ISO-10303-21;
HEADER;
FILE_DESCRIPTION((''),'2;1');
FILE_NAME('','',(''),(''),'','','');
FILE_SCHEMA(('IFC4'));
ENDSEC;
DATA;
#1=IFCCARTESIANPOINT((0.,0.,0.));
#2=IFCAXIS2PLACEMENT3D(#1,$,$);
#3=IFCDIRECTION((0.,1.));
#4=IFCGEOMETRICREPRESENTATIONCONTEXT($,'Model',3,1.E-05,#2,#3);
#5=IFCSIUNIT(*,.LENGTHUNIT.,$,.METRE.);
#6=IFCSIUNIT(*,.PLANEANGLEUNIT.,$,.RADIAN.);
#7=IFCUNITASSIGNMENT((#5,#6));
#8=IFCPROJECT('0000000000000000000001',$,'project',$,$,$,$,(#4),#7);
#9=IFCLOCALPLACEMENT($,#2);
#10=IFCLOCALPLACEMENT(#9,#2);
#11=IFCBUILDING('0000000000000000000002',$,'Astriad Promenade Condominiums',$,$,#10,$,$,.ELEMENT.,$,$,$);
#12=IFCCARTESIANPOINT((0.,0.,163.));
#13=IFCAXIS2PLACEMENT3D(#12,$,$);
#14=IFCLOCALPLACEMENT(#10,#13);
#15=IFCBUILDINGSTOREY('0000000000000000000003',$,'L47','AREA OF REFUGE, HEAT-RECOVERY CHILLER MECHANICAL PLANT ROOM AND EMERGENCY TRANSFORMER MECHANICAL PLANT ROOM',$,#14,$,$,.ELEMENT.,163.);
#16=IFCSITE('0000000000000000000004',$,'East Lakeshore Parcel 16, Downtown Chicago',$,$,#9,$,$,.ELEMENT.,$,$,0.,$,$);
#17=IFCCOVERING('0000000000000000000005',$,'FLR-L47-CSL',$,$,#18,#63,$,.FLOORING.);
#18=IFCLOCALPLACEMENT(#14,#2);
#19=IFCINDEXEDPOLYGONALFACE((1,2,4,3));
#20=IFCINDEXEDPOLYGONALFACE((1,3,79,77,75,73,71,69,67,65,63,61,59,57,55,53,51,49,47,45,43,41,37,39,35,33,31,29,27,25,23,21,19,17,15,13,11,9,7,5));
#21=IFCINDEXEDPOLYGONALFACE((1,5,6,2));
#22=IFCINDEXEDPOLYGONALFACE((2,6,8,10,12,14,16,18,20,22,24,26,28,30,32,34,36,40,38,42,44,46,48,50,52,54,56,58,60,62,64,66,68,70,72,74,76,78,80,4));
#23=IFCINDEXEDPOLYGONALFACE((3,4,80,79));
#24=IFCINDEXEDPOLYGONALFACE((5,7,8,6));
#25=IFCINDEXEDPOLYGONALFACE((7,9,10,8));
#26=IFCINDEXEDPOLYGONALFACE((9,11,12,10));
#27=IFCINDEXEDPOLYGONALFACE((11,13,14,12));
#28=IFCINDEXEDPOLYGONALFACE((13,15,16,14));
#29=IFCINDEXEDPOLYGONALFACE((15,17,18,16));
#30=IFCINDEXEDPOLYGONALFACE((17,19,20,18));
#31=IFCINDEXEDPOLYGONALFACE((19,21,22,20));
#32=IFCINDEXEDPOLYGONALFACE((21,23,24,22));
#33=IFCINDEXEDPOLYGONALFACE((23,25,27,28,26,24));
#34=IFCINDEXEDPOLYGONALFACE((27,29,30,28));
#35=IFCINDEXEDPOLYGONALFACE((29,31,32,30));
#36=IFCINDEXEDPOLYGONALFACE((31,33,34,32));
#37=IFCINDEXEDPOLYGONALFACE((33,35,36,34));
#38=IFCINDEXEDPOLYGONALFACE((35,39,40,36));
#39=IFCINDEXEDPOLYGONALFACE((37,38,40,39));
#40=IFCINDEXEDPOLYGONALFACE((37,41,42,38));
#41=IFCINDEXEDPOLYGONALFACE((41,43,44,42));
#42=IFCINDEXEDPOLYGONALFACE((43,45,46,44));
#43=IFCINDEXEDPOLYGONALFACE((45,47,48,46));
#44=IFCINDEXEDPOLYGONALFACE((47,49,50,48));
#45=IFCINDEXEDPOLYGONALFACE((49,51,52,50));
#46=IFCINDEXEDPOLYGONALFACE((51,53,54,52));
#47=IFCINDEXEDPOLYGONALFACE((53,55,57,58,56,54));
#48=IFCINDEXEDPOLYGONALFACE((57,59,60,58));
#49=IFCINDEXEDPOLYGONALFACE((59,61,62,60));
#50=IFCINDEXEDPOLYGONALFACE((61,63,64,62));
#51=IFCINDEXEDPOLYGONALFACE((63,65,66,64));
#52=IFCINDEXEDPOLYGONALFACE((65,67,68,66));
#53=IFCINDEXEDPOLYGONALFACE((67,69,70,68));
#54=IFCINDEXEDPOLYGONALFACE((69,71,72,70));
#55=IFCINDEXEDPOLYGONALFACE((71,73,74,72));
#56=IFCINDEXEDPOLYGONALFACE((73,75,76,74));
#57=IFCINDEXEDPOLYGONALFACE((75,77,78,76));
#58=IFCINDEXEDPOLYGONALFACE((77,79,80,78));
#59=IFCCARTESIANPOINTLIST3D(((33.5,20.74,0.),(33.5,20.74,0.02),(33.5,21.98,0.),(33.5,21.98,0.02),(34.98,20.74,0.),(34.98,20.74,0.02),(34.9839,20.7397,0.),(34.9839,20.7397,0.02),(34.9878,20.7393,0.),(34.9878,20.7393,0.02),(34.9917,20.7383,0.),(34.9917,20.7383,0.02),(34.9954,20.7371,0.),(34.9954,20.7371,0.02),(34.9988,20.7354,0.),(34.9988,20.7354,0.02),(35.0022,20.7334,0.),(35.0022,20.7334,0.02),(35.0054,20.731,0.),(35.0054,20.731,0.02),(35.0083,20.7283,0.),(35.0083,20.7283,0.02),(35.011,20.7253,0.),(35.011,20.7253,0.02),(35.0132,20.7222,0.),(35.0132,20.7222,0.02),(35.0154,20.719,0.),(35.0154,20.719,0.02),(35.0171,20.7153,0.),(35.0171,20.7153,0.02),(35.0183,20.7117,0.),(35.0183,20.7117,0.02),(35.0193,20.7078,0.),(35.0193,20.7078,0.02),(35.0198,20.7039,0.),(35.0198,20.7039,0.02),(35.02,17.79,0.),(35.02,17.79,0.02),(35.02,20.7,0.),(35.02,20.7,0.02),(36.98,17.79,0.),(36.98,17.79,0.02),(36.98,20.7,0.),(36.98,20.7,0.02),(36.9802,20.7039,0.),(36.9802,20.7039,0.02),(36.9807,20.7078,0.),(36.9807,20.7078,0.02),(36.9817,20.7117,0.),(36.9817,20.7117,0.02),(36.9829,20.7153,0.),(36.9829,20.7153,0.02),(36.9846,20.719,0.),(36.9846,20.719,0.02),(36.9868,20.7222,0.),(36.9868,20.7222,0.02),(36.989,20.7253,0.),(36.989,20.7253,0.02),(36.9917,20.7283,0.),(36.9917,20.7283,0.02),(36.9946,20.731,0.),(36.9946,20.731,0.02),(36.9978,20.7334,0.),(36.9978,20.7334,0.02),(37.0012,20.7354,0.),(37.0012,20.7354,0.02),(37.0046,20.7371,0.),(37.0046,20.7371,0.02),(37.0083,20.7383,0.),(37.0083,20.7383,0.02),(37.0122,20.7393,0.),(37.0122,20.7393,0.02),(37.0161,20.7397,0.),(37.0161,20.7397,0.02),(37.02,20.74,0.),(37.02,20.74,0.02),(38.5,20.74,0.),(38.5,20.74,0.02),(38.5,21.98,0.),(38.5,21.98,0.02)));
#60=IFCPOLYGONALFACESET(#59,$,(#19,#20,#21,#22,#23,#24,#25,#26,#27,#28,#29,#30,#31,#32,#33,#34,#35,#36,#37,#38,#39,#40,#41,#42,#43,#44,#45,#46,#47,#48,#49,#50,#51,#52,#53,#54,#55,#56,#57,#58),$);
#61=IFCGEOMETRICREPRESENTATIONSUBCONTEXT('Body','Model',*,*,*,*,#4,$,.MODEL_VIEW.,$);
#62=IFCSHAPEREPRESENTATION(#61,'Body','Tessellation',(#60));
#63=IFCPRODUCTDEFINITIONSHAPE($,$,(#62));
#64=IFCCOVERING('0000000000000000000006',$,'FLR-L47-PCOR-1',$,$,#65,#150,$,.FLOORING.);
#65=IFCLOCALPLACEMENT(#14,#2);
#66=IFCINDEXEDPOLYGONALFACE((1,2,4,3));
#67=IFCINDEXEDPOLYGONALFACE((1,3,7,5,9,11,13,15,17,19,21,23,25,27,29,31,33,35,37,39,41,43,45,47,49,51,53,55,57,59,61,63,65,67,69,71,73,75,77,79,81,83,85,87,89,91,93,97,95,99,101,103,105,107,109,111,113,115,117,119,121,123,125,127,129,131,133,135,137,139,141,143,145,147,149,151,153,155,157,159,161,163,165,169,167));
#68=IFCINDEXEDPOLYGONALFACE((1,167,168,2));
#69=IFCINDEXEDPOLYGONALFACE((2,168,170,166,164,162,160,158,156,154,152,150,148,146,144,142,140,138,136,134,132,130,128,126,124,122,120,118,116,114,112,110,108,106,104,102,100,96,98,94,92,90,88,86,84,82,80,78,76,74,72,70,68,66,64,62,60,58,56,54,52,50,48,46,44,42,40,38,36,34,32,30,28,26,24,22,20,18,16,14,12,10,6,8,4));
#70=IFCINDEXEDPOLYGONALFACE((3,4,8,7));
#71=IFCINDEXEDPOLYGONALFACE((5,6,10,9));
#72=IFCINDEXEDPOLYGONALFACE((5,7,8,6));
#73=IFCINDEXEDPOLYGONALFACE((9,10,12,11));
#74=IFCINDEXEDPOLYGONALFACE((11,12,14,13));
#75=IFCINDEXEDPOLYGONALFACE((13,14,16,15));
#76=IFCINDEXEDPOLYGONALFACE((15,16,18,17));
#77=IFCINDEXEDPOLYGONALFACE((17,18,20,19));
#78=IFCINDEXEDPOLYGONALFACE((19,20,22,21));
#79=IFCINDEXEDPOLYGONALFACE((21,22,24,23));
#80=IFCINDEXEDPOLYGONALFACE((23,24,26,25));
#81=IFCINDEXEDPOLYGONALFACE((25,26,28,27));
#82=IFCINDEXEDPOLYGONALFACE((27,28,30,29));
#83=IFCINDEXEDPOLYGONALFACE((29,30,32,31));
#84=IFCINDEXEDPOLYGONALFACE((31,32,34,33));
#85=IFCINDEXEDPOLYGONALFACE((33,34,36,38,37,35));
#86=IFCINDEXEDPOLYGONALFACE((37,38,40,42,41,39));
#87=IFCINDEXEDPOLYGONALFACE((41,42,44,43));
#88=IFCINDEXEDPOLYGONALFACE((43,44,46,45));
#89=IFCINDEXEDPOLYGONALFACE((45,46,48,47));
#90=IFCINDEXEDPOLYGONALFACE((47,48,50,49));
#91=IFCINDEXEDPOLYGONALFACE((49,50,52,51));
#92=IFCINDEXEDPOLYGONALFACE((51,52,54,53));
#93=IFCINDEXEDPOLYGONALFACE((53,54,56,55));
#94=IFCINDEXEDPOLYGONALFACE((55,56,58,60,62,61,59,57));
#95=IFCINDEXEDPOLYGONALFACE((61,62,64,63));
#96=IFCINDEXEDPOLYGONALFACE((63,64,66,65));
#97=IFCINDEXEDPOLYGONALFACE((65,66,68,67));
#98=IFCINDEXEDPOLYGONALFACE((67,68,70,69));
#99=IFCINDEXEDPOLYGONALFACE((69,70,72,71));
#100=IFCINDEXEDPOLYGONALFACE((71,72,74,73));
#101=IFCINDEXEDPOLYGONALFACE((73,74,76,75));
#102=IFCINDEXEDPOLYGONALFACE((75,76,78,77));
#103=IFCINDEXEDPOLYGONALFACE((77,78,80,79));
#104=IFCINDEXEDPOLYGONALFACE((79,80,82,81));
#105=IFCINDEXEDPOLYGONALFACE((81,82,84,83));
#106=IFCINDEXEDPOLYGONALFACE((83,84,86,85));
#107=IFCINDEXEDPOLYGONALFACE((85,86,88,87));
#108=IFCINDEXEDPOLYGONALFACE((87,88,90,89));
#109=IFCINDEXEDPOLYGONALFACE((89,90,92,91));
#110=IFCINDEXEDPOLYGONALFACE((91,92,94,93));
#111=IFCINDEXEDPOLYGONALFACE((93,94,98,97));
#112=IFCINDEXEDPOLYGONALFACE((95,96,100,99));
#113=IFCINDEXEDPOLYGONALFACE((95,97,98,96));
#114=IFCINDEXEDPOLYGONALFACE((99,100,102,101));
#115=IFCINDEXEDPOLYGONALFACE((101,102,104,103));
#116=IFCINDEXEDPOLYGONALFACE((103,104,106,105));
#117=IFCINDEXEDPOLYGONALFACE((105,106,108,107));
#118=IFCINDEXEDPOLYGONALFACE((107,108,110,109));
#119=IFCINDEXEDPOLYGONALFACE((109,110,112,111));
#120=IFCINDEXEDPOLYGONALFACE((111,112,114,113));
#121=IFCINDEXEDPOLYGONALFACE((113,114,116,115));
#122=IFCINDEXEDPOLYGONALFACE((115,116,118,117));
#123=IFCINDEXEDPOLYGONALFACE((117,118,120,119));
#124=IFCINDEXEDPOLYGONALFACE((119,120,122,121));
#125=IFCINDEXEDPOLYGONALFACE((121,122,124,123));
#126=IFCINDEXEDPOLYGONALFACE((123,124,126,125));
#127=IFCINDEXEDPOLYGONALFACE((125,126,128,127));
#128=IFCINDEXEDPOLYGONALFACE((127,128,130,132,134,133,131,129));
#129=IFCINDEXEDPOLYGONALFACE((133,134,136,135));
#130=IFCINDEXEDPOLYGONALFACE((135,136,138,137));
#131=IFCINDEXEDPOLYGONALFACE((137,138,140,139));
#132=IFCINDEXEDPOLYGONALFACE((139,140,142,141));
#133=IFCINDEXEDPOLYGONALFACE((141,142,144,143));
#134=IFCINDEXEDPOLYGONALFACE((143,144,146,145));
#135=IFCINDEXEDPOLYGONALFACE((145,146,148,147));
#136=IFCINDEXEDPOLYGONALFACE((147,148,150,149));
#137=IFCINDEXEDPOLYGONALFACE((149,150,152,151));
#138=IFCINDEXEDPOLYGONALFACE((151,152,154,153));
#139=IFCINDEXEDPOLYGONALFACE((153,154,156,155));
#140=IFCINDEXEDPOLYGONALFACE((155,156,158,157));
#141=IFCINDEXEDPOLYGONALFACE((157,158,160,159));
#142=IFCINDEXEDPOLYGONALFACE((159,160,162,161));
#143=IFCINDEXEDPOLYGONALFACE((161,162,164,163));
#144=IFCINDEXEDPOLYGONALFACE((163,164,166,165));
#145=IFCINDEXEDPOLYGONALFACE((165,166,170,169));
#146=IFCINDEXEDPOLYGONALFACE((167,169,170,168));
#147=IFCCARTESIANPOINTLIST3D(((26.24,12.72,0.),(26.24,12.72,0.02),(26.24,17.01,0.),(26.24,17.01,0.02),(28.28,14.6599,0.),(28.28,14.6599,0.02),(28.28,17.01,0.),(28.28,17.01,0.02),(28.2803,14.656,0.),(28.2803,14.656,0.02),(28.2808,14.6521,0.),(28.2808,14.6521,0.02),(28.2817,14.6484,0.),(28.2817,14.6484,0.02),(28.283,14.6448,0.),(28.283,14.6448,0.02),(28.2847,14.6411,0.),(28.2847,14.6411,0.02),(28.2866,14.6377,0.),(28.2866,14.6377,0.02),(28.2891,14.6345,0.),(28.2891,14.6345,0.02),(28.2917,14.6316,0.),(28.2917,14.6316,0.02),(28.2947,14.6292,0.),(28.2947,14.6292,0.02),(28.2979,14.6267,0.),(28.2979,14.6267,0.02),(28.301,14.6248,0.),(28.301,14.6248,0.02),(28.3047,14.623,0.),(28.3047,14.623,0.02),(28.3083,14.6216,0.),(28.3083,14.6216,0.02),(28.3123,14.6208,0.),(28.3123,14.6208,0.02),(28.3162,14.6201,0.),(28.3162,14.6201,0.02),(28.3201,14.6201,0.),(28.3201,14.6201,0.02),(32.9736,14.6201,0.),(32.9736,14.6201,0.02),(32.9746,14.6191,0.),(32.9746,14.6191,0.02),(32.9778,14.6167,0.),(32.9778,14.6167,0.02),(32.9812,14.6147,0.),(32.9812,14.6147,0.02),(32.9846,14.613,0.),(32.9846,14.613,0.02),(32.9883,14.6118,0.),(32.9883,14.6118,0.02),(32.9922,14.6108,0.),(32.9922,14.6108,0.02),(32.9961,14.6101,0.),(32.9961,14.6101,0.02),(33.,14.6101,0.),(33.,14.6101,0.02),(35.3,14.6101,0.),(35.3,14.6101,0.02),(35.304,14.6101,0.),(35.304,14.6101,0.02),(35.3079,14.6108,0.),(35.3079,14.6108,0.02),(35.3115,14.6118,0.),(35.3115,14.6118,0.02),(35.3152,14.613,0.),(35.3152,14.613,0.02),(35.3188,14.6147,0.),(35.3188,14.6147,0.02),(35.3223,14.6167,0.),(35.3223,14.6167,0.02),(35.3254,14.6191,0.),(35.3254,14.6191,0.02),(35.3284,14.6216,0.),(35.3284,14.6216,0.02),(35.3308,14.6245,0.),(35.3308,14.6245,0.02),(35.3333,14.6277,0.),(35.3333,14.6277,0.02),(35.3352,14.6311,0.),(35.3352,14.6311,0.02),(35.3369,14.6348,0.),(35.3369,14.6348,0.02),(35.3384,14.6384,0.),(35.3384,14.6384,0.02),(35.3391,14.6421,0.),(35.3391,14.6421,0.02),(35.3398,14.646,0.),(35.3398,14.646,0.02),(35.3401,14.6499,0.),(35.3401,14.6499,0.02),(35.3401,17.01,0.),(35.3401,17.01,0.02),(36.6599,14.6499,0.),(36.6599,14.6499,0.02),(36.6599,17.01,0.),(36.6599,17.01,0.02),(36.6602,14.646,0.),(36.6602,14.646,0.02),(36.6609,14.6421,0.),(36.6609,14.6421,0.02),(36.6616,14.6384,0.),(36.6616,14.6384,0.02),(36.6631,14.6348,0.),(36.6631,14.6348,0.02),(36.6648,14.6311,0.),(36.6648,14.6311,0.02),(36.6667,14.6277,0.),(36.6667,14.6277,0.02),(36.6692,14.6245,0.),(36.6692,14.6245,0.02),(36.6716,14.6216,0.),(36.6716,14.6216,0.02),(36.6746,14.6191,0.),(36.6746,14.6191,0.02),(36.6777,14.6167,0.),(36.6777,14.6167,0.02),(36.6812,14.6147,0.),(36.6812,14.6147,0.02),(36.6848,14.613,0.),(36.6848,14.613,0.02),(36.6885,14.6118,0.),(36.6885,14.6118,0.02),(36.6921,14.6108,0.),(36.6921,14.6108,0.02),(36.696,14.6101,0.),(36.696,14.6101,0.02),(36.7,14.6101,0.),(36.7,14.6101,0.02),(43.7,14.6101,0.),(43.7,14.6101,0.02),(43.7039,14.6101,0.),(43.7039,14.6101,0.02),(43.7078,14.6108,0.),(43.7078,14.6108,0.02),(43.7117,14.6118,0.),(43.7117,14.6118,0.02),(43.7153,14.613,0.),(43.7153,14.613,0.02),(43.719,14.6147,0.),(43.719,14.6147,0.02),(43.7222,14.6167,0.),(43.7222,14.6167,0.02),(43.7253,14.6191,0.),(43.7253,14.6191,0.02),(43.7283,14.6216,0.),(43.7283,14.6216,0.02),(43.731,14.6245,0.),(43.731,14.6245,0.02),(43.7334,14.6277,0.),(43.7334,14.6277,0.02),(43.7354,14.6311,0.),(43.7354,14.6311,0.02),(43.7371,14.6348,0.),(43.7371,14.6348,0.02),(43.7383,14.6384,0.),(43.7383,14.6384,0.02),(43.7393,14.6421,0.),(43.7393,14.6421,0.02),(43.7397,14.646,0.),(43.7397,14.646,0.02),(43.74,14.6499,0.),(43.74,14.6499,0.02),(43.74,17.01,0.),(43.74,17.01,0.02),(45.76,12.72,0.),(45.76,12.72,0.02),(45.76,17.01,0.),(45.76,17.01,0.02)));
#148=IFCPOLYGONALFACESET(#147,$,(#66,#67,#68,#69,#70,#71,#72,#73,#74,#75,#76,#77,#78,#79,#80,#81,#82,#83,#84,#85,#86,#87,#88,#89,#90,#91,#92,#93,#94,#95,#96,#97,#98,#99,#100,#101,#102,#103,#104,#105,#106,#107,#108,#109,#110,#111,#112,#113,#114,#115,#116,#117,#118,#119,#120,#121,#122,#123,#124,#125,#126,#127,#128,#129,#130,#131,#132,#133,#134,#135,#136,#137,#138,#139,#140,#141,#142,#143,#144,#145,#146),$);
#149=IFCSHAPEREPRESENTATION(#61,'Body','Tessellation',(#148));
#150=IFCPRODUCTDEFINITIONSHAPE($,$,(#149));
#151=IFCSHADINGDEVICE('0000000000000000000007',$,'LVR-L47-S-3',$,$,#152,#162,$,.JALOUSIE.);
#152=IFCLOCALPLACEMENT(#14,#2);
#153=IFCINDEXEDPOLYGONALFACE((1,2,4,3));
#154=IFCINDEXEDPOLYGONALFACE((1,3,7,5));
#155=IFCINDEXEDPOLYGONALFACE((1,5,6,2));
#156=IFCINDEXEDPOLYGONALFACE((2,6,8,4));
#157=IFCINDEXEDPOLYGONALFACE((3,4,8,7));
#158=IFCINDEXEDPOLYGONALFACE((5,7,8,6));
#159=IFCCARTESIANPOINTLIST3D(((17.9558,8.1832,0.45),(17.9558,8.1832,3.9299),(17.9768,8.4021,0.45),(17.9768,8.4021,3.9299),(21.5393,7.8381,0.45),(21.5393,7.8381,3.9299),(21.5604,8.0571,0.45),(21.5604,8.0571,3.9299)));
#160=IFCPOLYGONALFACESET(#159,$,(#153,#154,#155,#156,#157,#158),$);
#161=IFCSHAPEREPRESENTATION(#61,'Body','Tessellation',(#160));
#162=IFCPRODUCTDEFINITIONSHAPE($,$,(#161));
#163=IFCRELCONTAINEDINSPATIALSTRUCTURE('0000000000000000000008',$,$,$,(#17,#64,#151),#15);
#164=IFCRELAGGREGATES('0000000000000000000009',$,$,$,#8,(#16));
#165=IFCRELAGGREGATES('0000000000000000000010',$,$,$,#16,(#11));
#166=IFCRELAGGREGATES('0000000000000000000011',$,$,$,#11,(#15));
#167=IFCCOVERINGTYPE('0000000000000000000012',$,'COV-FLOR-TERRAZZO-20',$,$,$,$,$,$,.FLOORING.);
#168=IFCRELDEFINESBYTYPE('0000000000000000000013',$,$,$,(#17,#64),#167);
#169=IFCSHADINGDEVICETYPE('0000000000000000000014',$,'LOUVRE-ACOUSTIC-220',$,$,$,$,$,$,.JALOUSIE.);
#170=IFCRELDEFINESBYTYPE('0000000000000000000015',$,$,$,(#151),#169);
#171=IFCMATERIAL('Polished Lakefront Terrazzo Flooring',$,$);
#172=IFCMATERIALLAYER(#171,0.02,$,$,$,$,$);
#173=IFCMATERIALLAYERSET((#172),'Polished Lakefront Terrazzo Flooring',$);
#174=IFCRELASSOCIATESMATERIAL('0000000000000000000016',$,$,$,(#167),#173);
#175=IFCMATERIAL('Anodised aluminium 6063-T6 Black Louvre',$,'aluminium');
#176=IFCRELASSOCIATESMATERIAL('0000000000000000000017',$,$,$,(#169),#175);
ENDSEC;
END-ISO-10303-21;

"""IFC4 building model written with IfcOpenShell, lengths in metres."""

from ifc_helpers import new_model, si_unit, direction, frame, origin, origin_2d, place, context, subcontext, project, spatial, polyline, rectangle, outline, extrude, source, transform, mapped, material, layer, layer_set, type_object, type_shapes, element, save


model = new_model("IFC4")

# Units and contexts
model_context = context("Model", 3, precision=1e-05, world=origin(), true_north=direction((0.0, 1.0)))
body_context = subcontext(model_context, "Body", "Model", "MODEL_VIEW")
ifc_project = project(units=[si_unit("LENGTHUNIT", "METRE"), si_unit("PLANEANGLEUNIT", "RADIAN")], contexts=[model_context])

# Site, building, storey
site_placement = place(None, origin())
site = spatial("IfcSite", under=ifc_project, at=site_placement, Name="East Lakeshore Parcel 16, Downtown Chicago", CompositionType="ELEMENT", RefElevation=0.0)
building_placement = place(site_placement, origin())
building = spatial("IfcBuilding", under=site, at=building_placement, Name="Astriad Promenade Condominiums", CompositionType="ELEMENT")
storey_placement = place(building_placement, frame((0.0, 0.0, 163.0)))
storey = spatial("IfcBuildingStorey", under=building, at=storey_placement, Name="L47", Description="AREA OF REFUGE, HEAT-RECOVERY CHILLER MECHANICAL PLANT ROOM AND EMERGENCY TRANSFORMER MECHANICAL PLANT ROOM", CompositionType="ELEMENT", Elevation=163.0)

# Coverings
ifc_material_1 = material(Name="Polished Lakefront Terrazzo Flooring")
ifc_layer_1 = layer(ifc_material_1, 0.02)
ifc_layer_set_1 = layer_set([ifc_layer_1], Name="Polished Lakefront Terrazzo Flooring")
covering_type_1 = type_object("IfcCoveringType", Name="COV-FLOR-TERRAZZO-20", PredefinedType="FLOORING", material=ifc_layer_set_1)
covering_1_placement = place(storey_placement, origin())
element("IfcCovering", 1, at=covering_1_placement, inside=storey, type_object=covering_type_1, Name="FLR-L47-CSL", PredefinedType="FLOORING", context=body_context, shape_type="SweptSolid", body=[
    extrude(outline(polyline([(36.98, 20.7), (36.98, 17.79), (35.02, 17.79), (35.02, 20.7), (35.0198, 20.7039), (35.0193, 20.7078), (35.0183, 20.7117), (35.0171, 20.7153), (35.0154, 20.719), (35.0132, 20.7222), (35.011, 20.7253), (35.0083, 20.7283), (35.0054, 20.731), (35.0022, 20.7334), (34.9988, 20.7354), (34.9954, 20.7371), (34.9917, 20.7383), (34.9878, 20.7393), (34.9839, 20.7397), (34.98, 20.74), (33.5, 20.74), (33.5, 21.98), (38.5, 21.98), (38.5, 20.74), (37.02, 20.74), (37.0161, 20.7397), (37.0122, 20.7393), (37.0083, 20.7383), (37.0046, 20.7371), (37.0012, 20.7354), (36.9978, 20.7334), (36.9946, 20.731), (36.9917, 20.7283), (36.989, 20.7253), (36.9868, 20.7222), (36.9846, 20.719), (36.9829, 20.7153), (36.9817, 20.7117), (36.9807, 20.7078), (36.9802, 20.7039), (36.98, 20.7)])), origin(), (0.0, 0.0, 1.0), 0.02),
])
covering_2_placement = place(storey_placement, origin())
element("IfcCovering", 2, at=covering_2_placement, inside=storey, type_object=covering_type_1, Name="FLR-L47-PCOR-1", PredefinedType="FLOORING", context=body_context, shape_type="SweptSolid", body=[
    extrude(outline(polyline([(26.24, 12.72), (26.24, 17.01), (28.28, 17.01), (28.28, 14.6599), (28.2803, 14.656), (28.2808, 14.6521), (28.2817, 14.6484), (28.283, 14.6448), (28.2847, 14.6411), (28.2866, 14.6377), (28.2891, 14.6345), (28.2917, 14.6316), (28.2947, 14.6292), (28.2979, 14.6267), (28.301, 14.6248), (28.3047, 14.623), (28.3083, 14.6216), (28.3123, 14.6208), (28.3162, 14.6201), (28.3201, 14.6201), (32.9736, 14.6201), (32.9746, 14.6191), (32.9778, 14.6167), (32.9812, 14.6147), (32.9846, 14.613), (32.9883, 14.6118), (32.9922, 14.6108), (32.9961, 14.6101), (33.0, 14.6101), (35.3, 14.6101), (35.304, 14.6101), (35.3079, 14.6108), (35.3115, 14.6118), (35.3152, 14.613), (35.3188, 14.6147), (35.3223, 14.6167), (35.3254, 14.6191), (35.3284, 14.6216), (35.3308, 14.6245), (35.3333, 14.6277), (35.3352, 14.6311), (35.3369, 14.6348), (35.3384, 14.6384), (35.3391, 14.6421), (35.3398, 14.646), (35.3401, 14.6499), (35.3401, 17.01), (36.6599, 17.01), (36.6599, 14.6499), (36.6602, 14.646), (36.6609, 14.6421), (36.6616, 14.6384), (36.6631, 14.6348), (36.6648, 14.6311), (36.6667, 14.6277), (36.6692, 14.6245), (36.6716, 14.6216), (36.6746, 14.6191), (36.6777, 14.6167), (36.6812, 14.6147), (36.6848, 14.613), (36.6885, 14.6118), (36.6921, 14.6108), (36.696, 14.6101), (36.7, 14.6101), (43.7, 14.6101), (43.7039, 14.6101), (43.7078, 14.6108), (43.7117, 14.6118), (43.7153, 14.613), (43.719, 14.6147), (43.7222, 14.6167), (43.7253, 14.6191), (43.7283, 14.6216), (43.731, 14.6245), (43.7334, 14.6277), (43.7354, 14.6311), (43.7371, 14.6348), (43.7383, 14.6384), (43.7393, 14.6421), (43.7397, 14.646), (43.74, 14.6499), (43.74, 17.01), (45.76, 17.01), (45.76, 12.72), (26.24, 12.72)])), origin(), (0.0, 0.0, 1.0), 0.02),
])

# Shading device
ifc_material_2 = material(Name="Anodised aluminium 6063-T6 Black Louvre", Category="aluminium")
shading_device_type_1 = type_object("IfcShadingDeviceType", Name="LOUVRE-ACOUSTIC-220", PredefinedType="JALOUSIE", material=ifc_material_2)
shared_shape_1 = source(origin(), body_context, "Body", "SweptSolid", [
    extrude(rectangle(XDim=3.6001, YDim=0.22, at=origin_2d()), origin(), (0.0, 0.0, 1.0), 3.48),
])
type_shapes(shading_device_type_1, [shared_shape_1])
shading_device_placement = place(storey_placement, frame((19.7581, 8.1201, 0.45), z_axis=(0.0, 0.0, 1.0), x_axis=(-0.995396, 0.095846, 0.0)))
element("IfcShadingDevice", 3, at=shading_device_placement, inside=storey, type_object=shading_device_type_1, Name="LVR-L47-S-3", PredefinedType="JALOUSIE", context=body_context, shape_type="MappedRepresentation", body=[
    mapped(shared_shape_1, transform((0.0, 0.0, 0.0), scale=1.0)),
])

save(model, "model.ifc")
